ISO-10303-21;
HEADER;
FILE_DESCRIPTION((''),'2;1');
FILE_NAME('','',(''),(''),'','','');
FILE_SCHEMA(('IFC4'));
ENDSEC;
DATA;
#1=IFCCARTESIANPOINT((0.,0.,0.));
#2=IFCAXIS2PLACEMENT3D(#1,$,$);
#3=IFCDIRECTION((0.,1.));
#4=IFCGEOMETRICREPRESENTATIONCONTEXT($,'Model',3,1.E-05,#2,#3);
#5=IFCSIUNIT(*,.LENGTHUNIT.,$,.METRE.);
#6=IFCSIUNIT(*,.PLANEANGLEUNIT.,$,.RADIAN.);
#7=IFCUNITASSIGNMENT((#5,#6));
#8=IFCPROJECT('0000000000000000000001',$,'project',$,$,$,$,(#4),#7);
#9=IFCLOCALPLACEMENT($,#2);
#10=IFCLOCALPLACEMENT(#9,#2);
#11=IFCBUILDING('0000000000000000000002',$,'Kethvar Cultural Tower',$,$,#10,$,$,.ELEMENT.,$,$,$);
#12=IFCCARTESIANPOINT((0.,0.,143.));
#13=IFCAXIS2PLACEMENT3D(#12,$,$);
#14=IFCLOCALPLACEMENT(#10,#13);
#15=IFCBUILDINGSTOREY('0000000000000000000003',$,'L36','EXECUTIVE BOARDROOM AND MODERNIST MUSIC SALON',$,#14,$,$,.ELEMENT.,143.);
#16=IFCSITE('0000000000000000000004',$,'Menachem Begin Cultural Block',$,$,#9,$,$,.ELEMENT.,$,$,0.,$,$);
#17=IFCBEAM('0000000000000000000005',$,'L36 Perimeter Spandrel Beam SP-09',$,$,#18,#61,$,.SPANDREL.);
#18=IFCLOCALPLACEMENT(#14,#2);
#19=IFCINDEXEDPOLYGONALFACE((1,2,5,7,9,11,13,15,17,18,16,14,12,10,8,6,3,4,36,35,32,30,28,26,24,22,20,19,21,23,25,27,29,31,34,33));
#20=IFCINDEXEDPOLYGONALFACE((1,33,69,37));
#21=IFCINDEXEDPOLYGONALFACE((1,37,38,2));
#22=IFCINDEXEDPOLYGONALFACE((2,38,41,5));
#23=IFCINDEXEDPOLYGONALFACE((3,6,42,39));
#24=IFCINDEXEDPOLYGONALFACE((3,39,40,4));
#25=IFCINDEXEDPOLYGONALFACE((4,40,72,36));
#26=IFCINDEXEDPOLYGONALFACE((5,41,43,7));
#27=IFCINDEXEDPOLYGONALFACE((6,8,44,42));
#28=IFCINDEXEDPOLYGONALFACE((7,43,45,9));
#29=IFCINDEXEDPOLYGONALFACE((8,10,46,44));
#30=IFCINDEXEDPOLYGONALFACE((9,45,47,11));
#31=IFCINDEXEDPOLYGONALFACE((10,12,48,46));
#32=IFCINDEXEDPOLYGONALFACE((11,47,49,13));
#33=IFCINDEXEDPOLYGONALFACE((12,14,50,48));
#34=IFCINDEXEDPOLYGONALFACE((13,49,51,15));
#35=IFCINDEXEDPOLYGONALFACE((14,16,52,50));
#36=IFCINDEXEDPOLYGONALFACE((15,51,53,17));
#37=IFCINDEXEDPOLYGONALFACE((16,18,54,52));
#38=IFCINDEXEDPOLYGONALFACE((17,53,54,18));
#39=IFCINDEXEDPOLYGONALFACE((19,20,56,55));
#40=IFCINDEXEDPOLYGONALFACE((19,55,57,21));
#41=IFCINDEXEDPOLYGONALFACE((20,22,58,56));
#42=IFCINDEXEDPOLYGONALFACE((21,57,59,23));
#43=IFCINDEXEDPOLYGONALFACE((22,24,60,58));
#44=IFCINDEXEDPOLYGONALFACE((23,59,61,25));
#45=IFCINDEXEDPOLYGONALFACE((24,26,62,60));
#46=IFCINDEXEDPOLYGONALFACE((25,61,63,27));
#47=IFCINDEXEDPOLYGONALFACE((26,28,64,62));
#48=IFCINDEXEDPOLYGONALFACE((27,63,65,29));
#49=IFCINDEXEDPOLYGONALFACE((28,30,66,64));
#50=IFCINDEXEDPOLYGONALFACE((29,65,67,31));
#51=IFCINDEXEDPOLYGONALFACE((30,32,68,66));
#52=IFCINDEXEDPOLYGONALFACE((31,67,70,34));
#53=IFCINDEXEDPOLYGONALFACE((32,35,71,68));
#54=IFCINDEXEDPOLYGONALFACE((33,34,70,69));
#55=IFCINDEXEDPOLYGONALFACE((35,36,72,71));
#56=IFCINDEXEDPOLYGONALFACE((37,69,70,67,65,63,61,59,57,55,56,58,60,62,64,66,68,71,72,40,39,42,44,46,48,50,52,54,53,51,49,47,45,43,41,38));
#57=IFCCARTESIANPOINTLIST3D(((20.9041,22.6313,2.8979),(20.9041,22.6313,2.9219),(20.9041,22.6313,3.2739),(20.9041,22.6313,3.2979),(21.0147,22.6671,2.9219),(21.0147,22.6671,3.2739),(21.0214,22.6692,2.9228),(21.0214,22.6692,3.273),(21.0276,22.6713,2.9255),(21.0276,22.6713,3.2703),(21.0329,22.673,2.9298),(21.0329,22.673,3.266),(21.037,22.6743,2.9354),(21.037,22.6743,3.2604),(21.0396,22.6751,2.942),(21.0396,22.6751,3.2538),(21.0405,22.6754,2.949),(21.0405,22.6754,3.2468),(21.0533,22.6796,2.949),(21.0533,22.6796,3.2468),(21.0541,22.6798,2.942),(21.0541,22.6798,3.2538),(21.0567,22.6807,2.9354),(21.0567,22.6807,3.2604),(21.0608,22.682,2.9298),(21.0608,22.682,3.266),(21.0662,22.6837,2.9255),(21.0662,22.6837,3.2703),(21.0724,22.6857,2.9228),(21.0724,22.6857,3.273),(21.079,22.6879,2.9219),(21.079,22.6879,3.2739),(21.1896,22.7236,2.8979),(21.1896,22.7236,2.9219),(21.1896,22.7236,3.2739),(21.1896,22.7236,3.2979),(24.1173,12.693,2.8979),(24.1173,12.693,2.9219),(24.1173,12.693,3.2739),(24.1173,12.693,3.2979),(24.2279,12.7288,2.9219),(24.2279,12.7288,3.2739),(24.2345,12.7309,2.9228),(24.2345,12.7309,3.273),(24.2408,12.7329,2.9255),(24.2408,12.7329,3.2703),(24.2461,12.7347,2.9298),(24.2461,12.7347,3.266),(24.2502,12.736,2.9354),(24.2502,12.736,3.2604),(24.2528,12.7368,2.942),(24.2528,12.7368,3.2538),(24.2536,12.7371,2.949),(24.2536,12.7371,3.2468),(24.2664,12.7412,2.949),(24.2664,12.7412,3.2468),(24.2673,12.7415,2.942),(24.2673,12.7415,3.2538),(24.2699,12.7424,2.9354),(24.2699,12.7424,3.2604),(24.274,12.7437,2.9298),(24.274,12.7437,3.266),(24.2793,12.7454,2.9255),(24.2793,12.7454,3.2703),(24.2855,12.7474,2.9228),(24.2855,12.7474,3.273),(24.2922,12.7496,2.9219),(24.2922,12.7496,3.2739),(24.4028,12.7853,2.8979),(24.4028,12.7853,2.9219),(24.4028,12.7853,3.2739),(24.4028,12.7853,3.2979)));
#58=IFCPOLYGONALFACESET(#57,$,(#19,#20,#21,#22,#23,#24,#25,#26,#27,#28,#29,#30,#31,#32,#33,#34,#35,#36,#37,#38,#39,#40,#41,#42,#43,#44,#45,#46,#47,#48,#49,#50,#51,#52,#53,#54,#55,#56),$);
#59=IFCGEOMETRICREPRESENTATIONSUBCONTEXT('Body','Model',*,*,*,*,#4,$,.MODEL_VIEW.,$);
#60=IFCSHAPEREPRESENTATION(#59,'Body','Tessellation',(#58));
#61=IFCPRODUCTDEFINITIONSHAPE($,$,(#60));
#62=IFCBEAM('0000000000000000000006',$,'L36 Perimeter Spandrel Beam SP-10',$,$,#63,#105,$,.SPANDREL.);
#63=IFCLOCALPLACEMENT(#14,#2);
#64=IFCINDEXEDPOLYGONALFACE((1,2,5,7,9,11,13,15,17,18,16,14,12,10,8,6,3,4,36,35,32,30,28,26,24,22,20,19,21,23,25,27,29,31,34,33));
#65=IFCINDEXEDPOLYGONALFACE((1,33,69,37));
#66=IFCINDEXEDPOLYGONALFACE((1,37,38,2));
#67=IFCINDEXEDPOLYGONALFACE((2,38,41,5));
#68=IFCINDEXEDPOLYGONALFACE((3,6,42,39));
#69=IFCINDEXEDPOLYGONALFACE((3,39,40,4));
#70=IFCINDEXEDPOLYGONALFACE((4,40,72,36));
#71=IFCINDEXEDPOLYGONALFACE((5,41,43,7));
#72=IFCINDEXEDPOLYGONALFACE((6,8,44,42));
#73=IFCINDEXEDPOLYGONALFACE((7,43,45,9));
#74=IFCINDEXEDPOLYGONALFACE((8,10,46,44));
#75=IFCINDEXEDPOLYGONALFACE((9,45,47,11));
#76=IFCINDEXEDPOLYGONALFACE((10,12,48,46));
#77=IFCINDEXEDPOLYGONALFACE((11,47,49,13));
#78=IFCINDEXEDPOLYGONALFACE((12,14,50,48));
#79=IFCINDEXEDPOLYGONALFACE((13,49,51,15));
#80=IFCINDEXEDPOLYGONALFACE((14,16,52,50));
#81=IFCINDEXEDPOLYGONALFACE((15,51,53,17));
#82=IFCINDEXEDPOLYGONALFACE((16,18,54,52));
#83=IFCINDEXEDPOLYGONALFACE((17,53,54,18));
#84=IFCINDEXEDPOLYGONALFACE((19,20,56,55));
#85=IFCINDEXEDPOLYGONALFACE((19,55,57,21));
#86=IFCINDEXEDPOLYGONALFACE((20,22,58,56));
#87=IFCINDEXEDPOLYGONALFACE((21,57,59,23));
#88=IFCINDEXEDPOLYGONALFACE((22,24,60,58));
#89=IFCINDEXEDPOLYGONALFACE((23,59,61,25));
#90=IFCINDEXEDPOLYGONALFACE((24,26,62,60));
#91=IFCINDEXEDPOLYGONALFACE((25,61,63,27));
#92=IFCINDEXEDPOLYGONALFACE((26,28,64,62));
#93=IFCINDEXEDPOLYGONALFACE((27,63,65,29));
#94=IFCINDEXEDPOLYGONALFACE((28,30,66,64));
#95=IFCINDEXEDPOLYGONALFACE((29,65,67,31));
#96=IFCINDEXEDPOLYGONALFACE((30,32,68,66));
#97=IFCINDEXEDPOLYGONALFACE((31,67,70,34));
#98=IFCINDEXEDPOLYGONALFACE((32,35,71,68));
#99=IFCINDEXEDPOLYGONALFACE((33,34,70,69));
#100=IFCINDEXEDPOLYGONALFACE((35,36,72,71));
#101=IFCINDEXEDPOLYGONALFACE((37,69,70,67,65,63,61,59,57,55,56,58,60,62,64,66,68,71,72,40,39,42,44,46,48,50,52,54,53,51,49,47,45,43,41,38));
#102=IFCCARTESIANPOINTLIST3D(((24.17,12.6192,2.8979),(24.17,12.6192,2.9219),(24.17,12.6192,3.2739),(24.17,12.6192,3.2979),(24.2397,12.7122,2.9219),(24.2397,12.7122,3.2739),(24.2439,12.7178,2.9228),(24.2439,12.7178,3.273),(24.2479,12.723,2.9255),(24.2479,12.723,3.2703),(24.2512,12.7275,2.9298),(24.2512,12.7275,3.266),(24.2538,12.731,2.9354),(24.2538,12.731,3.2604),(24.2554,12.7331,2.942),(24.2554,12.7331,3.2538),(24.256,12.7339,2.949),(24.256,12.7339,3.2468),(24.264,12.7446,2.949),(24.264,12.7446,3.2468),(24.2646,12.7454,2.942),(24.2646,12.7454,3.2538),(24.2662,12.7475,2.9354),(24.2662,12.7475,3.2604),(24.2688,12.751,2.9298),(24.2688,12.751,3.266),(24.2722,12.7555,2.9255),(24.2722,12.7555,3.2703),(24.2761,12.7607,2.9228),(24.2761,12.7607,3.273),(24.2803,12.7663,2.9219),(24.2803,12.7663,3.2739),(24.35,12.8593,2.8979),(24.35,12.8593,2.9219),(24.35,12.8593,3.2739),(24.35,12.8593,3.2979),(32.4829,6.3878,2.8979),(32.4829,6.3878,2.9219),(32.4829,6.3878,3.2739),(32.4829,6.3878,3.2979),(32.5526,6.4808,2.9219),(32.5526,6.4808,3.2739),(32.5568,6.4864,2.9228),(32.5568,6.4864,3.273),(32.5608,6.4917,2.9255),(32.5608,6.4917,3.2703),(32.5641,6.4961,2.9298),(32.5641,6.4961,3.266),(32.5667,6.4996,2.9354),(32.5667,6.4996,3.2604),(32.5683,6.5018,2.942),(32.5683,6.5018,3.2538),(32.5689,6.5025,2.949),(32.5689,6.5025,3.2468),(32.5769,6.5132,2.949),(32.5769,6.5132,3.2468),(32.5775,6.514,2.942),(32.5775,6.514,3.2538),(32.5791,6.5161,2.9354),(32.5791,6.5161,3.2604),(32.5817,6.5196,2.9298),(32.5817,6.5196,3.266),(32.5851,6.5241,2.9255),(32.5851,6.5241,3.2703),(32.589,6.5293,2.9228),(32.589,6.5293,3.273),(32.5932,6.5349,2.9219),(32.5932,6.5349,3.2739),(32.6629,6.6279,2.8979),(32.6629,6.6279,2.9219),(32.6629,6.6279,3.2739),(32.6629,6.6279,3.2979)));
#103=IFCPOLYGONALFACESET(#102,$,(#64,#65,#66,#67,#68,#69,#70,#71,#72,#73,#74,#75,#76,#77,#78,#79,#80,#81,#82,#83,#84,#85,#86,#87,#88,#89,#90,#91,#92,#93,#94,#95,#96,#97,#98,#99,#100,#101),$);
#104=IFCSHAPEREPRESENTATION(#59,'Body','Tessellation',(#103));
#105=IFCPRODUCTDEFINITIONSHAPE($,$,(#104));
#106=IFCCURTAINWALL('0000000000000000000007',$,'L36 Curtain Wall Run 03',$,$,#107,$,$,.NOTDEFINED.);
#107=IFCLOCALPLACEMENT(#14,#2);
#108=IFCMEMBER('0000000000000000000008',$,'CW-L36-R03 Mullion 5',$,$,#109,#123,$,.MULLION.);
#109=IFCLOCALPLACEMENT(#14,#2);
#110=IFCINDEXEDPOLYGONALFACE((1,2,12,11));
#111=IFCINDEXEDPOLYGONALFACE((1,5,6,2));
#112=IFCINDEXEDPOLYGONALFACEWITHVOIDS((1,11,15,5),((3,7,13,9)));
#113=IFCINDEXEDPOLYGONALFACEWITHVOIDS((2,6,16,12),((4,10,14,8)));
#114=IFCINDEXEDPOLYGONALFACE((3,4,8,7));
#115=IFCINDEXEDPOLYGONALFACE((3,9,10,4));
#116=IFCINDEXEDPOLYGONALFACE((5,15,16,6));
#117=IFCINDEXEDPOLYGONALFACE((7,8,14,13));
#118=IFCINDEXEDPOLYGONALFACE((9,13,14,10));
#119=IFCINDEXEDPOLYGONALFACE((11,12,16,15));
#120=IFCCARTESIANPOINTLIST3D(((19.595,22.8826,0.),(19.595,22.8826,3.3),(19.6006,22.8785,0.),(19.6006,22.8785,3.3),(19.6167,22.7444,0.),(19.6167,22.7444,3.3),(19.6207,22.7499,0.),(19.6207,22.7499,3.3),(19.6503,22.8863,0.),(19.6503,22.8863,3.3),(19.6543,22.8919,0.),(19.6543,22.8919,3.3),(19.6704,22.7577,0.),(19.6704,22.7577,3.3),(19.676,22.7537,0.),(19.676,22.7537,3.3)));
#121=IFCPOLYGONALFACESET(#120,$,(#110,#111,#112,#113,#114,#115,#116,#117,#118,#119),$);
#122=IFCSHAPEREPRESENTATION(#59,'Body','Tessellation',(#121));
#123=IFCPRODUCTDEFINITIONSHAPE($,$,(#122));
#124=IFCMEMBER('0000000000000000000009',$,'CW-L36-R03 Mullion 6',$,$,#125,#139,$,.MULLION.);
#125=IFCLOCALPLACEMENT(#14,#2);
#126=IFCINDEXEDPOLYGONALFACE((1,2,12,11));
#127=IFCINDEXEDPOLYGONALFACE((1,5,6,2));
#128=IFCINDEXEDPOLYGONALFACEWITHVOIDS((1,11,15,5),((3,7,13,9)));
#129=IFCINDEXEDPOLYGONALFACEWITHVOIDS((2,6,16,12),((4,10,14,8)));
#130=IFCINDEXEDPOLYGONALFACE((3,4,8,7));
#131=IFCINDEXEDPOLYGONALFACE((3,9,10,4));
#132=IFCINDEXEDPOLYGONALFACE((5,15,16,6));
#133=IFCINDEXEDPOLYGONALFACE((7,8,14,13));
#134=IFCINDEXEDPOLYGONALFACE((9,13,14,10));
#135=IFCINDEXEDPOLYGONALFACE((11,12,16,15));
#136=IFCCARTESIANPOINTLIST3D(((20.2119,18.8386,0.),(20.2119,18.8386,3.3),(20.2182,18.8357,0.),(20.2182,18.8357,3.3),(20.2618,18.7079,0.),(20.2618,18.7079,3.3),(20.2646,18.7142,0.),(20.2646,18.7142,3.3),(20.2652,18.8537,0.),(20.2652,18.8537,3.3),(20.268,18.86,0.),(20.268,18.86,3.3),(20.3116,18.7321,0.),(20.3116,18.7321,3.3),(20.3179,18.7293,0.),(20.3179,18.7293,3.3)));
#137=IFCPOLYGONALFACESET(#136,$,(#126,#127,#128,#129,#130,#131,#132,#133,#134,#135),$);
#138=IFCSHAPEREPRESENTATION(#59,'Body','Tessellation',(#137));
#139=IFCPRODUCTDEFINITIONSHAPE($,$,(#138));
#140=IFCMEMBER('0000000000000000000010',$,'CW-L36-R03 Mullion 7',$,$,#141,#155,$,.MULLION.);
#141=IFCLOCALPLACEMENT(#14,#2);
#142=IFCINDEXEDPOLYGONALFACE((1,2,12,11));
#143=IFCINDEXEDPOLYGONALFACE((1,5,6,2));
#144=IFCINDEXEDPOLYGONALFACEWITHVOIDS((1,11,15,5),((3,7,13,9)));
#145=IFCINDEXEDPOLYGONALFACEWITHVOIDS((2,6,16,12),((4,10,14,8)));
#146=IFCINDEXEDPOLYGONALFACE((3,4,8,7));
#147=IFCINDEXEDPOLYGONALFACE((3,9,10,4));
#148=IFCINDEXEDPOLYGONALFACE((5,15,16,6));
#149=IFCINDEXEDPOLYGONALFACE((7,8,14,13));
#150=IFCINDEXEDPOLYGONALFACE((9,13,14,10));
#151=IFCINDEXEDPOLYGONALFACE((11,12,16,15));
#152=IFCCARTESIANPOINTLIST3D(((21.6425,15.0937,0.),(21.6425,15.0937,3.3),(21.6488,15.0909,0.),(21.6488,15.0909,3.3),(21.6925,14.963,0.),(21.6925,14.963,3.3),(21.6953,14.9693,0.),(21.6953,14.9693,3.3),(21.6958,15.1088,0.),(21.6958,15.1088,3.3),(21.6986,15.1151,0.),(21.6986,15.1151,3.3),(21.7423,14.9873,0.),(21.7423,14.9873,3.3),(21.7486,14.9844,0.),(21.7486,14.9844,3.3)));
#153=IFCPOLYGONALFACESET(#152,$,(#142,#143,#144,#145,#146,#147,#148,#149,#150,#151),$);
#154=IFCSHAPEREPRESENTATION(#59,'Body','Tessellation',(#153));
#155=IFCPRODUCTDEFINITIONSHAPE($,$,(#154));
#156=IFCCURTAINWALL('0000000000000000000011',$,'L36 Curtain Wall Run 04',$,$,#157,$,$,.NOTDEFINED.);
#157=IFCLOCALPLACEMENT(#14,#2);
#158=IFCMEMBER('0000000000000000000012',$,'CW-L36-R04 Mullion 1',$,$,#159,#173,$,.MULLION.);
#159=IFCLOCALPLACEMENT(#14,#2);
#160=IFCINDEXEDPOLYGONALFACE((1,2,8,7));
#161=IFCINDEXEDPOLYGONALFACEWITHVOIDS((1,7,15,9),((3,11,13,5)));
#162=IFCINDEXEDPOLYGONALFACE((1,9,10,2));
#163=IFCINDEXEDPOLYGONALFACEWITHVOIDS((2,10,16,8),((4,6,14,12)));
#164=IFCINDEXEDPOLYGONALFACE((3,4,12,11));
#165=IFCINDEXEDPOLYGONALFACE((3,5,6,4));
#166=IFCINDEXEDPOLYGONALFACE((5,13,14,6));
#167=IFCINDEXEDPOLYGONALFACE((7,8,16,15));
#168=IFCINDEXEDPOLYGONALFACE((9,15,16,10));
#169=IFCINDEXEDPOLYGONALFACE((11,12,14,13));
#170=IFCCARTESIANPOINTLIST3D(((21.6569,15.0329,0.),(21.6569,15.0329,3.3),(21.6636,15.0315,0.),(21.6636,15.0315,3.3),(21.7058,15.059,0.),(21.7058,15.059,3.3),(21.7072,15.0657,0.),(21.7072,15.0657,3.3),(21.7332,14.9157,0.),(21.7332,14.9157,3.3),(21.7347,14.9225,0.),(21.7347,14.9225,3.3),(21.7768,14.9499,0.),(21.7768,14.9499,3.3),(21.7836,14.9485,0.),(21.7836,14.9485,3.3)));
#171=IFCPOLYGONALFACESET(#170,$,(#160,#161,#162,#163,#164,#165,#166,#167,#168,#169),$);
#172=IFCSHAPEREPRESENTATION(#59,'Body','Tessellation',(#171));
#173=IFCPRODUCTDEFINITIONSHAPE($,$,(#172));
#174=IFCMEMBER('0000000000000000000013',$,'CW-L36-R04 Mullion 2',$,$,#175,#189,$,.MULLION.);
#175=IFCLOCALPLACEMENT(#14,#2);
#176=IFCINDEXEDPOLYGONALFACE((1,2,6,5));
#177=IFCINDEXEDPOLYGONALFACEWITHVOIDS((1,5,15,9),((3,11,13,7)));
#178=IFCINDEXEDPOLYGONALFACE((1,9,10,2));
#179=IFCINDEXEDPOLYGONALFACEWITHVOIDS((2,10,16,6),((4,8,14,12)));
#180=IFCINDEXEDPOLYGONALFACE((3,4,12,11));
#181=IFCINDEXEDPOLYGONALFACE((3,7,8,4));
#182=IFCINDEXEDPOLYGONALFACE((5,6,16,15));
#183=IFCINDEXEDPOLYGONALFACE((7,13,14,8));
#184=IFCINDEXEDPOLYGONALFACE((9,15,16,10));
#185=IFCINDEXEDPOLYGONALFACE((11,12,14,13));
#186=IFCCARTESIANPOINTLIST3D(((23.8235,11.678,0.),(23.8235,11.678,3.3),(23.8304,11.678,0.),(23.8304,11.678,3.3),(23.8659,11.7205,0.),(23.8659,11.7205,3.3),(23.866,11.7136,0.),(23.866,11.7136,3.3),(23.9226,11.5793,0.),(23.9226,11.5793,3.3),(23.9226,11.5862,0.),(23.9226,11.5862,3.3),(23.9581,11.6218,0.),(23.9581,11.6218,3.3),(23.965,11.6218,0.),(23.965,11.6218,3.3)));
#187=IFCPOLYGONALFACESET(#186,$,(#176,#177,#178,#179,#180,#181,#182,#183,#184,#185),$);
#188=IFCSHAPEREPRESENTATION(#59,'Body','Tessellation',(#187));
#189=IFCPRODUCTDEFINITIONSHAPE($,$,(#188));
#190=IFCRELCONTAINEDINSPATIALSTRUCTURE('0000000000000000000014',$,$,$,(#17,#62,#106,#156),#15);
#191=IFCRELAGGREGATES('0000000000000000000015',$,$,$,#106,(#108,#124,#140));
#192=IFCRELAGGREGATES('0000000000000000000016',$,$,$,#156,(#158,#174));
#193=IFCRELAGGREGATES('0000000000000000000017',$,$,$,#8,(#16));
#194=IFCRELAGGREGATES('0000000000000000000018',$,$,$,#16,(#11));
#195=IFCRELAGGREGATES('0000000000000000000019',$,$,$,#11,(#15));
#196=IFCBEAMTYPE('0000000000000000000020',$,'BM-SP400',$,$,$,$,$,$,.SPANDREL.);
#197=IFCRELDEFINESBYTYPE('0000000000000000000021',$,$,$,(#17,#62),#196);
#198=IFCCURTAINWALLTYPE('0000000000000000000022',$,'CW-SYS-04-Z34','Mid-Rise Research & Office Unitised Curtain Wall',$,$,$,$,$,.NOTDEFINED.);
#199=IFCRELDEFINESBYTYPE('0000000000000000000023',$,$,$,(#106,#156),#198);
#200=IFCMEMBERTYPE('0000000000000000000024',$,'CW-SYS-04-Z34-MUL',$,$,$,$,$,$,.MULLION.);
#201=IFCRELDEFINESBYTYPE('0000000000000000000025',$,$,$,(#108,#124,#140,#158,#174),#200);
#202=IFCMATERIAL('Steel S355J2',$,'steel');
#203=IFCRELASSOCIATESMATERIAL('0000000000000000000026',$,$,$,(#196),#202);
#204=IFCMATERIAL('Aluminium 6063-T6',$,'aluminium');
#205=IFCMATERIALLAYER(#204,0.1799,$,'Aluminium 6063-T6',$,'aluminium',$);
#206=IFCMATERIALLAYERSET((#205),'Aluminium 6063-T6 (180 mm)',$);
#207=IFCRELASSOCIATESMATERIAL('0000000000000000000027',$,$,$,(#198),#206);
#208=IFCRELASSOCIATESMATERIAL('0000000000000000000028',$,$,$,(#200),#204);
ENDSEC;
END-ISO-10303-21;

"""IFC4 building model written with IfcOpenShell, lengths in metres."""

from ifc_helpers import new_model, si_unit, direction, frame, origin, origin_2d, place, context, subcontext, project, spatial, hollow_rectangle, i_section, extrude, source, transform, mapped, material, layer, layer_set, material_profile, profile_set, type_object, element, aggregate, save


model = new_model("IFC4")

# Units and contexts
model_context = context("Model", 3, precision=1e-05, world=origin(), true_north=direction((0.0, 1.0)))
body_context = subcontext(model_context, "Body", "Model", "MODEL_VIEW")
ifc_project = project(units=[si_unit("LENGTHUNIT", "METRE"), si_unit("PLANEANGLEUNIT", "RADIAN")], contexts=[model_context])

# Site, building, storey
site_placement = place(None, origin())
site = spatial("IfcSite", under=ifc_project, at=site_placement, Name="Menachem Begin Cultural Block", CompositionType="ELEMENT", RefElevation=0.0)
building_placement = place(site_placement, origin())
building = spatial("IfcBuilding", under=site, at=building_placement, Name="Kethvar Cultural Tower", CompositionType="ELEMENT")
storey_placement = place(building_placement, frame((0.0, 0.0, 143.0)))
storey = spatial("IfcBuildingStorey", under=building, at=storey_placement, Name="L36", Description="EXECUTIVE BOARDROOM AND MODERNIST MUSIC SALON", CompositionType="ELEMENT", Elevation=143.0)

# Beams
ifc_material_1 = material(Name="Steel S355J2", Category="steel")
ifc_material_profile_1 = material_profile(ifc_material_1, i_section(OverallWidth=0.3, OverallDepth=0.3999, WebThickness=0.0134, FlangeThickness=0.0239, FilletRadius=0.0271, at=origin_2d()), Name="Steel S355J2 — HEB400")
ifc_profile_set_1 = profile_set([ifc_material_profile_1], Name="Steel S355J2 — HEB400")
beam_type = type_object("IfcBeamType", Name="BM-SP400", PredefinedType="SPANDREL", material=ifc_profile_set_1)
shared_shape_1 = source(origin(), body_context, "Body", "SweptSolid", [
    extrude(i_section(OverallWidth=0.3, OverallDepth=0.3999, WebThickness=0.0134, FlangeThickness=0.0239, FilletRadius=0.0271, at=origin_2d()), origin(), (0.0, 0.0, 1.0), 10.4448),
])
beam_1_placement = place(storey_placement, frame((21.0469, 22.6775, 3.0979), z_axis=(0.307632, -0.951506, 0.0), x_axis=(0.951506, 0.307632, 0.0)))
element("IfcBeam", 1, at=beam_1_placement, inside=storey, type_object=beam_type, Name="L36 Perimeter Spandrel Beam SP-09", PredefinedType="SPANDREL", context=body_context, shape_type="MappedRepresentation", body=[
    mapped(shared_shape_1, transform((0.0, 0.0, 0.0), scale=1.0)),
])
shared_shape_2 = source(origin(), body_context, "Body", "SweptSolid", [
    extrude(i_section(OverallWidth=0.3, OverallDepth=0.3999, WebThickness=0.0134, FlangeThickness=0.0239, FilletRadius=0.0271, at=origin_2d()), origin(), (0.0, 0.0, 1.0), 10.3892),
])
beam_2_placement = place(storey_placement, frame((24.26, 12.7393, 3.0979), z_axis=(0.800152, -0.599797, 0.0), x_axis=(0.599797, 0.800152, 0.0)))
element("IfcBeam", 2, at=beam_2_placement, inside=storey, type_object=beam_type, Name="L36 Perimeter Spandrel Beam SP-10", PredefinedType="SPANDREL", context=body_context, shape_type="MappedRepresentation", body=[
    mapped(shared_shape_2, transform((0.0, 0.0, 0.0), scale=1.0)),
])

# Curtain walls, members
ifc_material_2 = material(Name="Aluminium 6063-T6", Category="aluminium")
ifc_layer_1 = layer(ifc_material_2, 0.1799, Name="Aluminium 6063-T6", Category="aluminium")
ifc_layer_set_1 = layer_set([ifc_layer_1], Name="Aluminium 6063-T6 (180 mm)")
curtain_wall_type = type_object("IfcCurtainWallType", Name="CW-SYS-04-Z34", Description="Mid-Rise Research & Office Unitised Curtain Wall", PredefinedType="NOTDEFINED", material=ifc_layer_set_1)
curtain_wall_1_placement = place(storey_placement, origin())
curtain_wall_1 = element("IfcCurtainWall", 3, at=curtain_wall_1_placement, inside=storey, type_object=curtain_wall_type, Name="L36 Curtain Wall Run 03", PredefinedType="NOTDEFINED")
ifc_material_profile_2 = material_profile(ifc_material_2, hollow_rectangle(XDim=0.0601, YDim=0.1399, WallThickness=0.0049, at=origin_2d()), Name="Aluminium 6063-T6 — RHS140x60x5")
ifc_profile_set_2 = profile_set([ifc_material_profile_2], Name="Aluminium 6063-T6 — RHS140x60x5")
member_type_1 = type_object("IfcMemberType", Name="CW-SYS-04-Z34-MUL", PredefinedType="MULLION", material=ifc_profile_set_2)
shared_shape_3 = source(origin(), body_context, "Body", "SweptSolid", [
    extrude(hollow_rectangle(XDim=0.0601, YDim=0.1399, WallThickness=0.0049, at=origin_2d()), origin(), (0.0, 0.0, 1.0), 3.3),
])
member_1_placement = place(storey_placement, frame((19.6355, 22.8181, 0.0), z_axis=(0.0, 0.0, 1.0), x_axis=(0.98796, 0.15471, 0.0)))
member_1 = element("IfcMember", 4, at=member_1_placement, type_object=member_type_1, Name="CW-L36-R03 Mullion 5", PredefinedType="MULLION", context=body_context, shape_type="MappedRepresentation", body=[
    mapped(shared_shape_3, transform((0.0, 0.0, 0.0), scale=1.0)),
])
member_2_placement = place(storey_placement, frame((20.2649, 18.7839, 0.0), z_axis=(0.0, 0.0, 1.0), x_axis=(0.934148, 0.356885, 0.0)))
member_2 = element("IfcMember", 5, at=member_2_placement, type_object=member_type_1, Name="CW-L36-R03 Mullion 6", PredefinedType="MULLION", context=body_context, shape_type="MappedRepresentation", body=[
    mapped(shared_shape_3, transform((0.0, 0.0, 0.0), scale=1.0)),
])
member_3_placement = place(storey_placement, frame((21.6956, 15.0391, 0.0), z_axis=(0.0, 0.0, 1.0), x_axis=(0.934148, 0.356885, 0.0)))
member_3 = element("IfcMember", 6, at=member_3_placement, type_object=member_type_1, Name="CW-L36-R03 Mullion 7", PredefinedType="MULLION", context=body_context, shape_type="MappedRepresentation", body=[
    mapped(shared_shape_3, transform((0.0, 0.0, 0.0), scale=1.0)),
])
curtain_wall_2_placement = place(storey_placement, origin())
curtain_wall_2 = element("IfcCurtainWall", 7, at=curtain_wall_2_placement, inside=storey, type_object=curtain_wall_type, Name="L36 Curtain Wall Run 04", PredefinedType="NOTDEFINED")
member_4_placement = place(storey_placement, frame((21.7202, 14.9907, 0.0), z_axis=(0.0, 0.0, 1.0), x_axis=(0.837795, 0.545985, 0.0)))
member_4 = element("IfcMember", 8, at=member_4_placement, type_object=member_type_1, Name="CW-L36-R04 Mullion 1", PredefinedType="MULLION", context=body_context, shape_type="MappedRepresentation", body=[
    mapped(shared_shape_3, transform((0.0, 0.0, 0.0), scale=1.0)),
])
member_5_placement = place(storey_placement, frame((23.8943, 11.6499, 0.0), z_axis=(0.0, 0.0, 1.0), x_axis=(0.705872, 0.70834, 0.0)))
member_5 = element("IfcMember", 9, at=member_5_placement, type_object=member_type_1, Name="CW-L36-R04 Mullion 2", PredefinedType="MULLION", context=body_context, shape_type="MappedRepresentation", body=[
    mapped(shared_shape_3, transform((0.0, 0.0, 0.0), scale=1.0)),
])

aggregate(curtain_wall_1, [member_1, member_2, member_3])
aggregate(curtain_wall_2, [member_4, member_5])

save(model, "model.ifc")
